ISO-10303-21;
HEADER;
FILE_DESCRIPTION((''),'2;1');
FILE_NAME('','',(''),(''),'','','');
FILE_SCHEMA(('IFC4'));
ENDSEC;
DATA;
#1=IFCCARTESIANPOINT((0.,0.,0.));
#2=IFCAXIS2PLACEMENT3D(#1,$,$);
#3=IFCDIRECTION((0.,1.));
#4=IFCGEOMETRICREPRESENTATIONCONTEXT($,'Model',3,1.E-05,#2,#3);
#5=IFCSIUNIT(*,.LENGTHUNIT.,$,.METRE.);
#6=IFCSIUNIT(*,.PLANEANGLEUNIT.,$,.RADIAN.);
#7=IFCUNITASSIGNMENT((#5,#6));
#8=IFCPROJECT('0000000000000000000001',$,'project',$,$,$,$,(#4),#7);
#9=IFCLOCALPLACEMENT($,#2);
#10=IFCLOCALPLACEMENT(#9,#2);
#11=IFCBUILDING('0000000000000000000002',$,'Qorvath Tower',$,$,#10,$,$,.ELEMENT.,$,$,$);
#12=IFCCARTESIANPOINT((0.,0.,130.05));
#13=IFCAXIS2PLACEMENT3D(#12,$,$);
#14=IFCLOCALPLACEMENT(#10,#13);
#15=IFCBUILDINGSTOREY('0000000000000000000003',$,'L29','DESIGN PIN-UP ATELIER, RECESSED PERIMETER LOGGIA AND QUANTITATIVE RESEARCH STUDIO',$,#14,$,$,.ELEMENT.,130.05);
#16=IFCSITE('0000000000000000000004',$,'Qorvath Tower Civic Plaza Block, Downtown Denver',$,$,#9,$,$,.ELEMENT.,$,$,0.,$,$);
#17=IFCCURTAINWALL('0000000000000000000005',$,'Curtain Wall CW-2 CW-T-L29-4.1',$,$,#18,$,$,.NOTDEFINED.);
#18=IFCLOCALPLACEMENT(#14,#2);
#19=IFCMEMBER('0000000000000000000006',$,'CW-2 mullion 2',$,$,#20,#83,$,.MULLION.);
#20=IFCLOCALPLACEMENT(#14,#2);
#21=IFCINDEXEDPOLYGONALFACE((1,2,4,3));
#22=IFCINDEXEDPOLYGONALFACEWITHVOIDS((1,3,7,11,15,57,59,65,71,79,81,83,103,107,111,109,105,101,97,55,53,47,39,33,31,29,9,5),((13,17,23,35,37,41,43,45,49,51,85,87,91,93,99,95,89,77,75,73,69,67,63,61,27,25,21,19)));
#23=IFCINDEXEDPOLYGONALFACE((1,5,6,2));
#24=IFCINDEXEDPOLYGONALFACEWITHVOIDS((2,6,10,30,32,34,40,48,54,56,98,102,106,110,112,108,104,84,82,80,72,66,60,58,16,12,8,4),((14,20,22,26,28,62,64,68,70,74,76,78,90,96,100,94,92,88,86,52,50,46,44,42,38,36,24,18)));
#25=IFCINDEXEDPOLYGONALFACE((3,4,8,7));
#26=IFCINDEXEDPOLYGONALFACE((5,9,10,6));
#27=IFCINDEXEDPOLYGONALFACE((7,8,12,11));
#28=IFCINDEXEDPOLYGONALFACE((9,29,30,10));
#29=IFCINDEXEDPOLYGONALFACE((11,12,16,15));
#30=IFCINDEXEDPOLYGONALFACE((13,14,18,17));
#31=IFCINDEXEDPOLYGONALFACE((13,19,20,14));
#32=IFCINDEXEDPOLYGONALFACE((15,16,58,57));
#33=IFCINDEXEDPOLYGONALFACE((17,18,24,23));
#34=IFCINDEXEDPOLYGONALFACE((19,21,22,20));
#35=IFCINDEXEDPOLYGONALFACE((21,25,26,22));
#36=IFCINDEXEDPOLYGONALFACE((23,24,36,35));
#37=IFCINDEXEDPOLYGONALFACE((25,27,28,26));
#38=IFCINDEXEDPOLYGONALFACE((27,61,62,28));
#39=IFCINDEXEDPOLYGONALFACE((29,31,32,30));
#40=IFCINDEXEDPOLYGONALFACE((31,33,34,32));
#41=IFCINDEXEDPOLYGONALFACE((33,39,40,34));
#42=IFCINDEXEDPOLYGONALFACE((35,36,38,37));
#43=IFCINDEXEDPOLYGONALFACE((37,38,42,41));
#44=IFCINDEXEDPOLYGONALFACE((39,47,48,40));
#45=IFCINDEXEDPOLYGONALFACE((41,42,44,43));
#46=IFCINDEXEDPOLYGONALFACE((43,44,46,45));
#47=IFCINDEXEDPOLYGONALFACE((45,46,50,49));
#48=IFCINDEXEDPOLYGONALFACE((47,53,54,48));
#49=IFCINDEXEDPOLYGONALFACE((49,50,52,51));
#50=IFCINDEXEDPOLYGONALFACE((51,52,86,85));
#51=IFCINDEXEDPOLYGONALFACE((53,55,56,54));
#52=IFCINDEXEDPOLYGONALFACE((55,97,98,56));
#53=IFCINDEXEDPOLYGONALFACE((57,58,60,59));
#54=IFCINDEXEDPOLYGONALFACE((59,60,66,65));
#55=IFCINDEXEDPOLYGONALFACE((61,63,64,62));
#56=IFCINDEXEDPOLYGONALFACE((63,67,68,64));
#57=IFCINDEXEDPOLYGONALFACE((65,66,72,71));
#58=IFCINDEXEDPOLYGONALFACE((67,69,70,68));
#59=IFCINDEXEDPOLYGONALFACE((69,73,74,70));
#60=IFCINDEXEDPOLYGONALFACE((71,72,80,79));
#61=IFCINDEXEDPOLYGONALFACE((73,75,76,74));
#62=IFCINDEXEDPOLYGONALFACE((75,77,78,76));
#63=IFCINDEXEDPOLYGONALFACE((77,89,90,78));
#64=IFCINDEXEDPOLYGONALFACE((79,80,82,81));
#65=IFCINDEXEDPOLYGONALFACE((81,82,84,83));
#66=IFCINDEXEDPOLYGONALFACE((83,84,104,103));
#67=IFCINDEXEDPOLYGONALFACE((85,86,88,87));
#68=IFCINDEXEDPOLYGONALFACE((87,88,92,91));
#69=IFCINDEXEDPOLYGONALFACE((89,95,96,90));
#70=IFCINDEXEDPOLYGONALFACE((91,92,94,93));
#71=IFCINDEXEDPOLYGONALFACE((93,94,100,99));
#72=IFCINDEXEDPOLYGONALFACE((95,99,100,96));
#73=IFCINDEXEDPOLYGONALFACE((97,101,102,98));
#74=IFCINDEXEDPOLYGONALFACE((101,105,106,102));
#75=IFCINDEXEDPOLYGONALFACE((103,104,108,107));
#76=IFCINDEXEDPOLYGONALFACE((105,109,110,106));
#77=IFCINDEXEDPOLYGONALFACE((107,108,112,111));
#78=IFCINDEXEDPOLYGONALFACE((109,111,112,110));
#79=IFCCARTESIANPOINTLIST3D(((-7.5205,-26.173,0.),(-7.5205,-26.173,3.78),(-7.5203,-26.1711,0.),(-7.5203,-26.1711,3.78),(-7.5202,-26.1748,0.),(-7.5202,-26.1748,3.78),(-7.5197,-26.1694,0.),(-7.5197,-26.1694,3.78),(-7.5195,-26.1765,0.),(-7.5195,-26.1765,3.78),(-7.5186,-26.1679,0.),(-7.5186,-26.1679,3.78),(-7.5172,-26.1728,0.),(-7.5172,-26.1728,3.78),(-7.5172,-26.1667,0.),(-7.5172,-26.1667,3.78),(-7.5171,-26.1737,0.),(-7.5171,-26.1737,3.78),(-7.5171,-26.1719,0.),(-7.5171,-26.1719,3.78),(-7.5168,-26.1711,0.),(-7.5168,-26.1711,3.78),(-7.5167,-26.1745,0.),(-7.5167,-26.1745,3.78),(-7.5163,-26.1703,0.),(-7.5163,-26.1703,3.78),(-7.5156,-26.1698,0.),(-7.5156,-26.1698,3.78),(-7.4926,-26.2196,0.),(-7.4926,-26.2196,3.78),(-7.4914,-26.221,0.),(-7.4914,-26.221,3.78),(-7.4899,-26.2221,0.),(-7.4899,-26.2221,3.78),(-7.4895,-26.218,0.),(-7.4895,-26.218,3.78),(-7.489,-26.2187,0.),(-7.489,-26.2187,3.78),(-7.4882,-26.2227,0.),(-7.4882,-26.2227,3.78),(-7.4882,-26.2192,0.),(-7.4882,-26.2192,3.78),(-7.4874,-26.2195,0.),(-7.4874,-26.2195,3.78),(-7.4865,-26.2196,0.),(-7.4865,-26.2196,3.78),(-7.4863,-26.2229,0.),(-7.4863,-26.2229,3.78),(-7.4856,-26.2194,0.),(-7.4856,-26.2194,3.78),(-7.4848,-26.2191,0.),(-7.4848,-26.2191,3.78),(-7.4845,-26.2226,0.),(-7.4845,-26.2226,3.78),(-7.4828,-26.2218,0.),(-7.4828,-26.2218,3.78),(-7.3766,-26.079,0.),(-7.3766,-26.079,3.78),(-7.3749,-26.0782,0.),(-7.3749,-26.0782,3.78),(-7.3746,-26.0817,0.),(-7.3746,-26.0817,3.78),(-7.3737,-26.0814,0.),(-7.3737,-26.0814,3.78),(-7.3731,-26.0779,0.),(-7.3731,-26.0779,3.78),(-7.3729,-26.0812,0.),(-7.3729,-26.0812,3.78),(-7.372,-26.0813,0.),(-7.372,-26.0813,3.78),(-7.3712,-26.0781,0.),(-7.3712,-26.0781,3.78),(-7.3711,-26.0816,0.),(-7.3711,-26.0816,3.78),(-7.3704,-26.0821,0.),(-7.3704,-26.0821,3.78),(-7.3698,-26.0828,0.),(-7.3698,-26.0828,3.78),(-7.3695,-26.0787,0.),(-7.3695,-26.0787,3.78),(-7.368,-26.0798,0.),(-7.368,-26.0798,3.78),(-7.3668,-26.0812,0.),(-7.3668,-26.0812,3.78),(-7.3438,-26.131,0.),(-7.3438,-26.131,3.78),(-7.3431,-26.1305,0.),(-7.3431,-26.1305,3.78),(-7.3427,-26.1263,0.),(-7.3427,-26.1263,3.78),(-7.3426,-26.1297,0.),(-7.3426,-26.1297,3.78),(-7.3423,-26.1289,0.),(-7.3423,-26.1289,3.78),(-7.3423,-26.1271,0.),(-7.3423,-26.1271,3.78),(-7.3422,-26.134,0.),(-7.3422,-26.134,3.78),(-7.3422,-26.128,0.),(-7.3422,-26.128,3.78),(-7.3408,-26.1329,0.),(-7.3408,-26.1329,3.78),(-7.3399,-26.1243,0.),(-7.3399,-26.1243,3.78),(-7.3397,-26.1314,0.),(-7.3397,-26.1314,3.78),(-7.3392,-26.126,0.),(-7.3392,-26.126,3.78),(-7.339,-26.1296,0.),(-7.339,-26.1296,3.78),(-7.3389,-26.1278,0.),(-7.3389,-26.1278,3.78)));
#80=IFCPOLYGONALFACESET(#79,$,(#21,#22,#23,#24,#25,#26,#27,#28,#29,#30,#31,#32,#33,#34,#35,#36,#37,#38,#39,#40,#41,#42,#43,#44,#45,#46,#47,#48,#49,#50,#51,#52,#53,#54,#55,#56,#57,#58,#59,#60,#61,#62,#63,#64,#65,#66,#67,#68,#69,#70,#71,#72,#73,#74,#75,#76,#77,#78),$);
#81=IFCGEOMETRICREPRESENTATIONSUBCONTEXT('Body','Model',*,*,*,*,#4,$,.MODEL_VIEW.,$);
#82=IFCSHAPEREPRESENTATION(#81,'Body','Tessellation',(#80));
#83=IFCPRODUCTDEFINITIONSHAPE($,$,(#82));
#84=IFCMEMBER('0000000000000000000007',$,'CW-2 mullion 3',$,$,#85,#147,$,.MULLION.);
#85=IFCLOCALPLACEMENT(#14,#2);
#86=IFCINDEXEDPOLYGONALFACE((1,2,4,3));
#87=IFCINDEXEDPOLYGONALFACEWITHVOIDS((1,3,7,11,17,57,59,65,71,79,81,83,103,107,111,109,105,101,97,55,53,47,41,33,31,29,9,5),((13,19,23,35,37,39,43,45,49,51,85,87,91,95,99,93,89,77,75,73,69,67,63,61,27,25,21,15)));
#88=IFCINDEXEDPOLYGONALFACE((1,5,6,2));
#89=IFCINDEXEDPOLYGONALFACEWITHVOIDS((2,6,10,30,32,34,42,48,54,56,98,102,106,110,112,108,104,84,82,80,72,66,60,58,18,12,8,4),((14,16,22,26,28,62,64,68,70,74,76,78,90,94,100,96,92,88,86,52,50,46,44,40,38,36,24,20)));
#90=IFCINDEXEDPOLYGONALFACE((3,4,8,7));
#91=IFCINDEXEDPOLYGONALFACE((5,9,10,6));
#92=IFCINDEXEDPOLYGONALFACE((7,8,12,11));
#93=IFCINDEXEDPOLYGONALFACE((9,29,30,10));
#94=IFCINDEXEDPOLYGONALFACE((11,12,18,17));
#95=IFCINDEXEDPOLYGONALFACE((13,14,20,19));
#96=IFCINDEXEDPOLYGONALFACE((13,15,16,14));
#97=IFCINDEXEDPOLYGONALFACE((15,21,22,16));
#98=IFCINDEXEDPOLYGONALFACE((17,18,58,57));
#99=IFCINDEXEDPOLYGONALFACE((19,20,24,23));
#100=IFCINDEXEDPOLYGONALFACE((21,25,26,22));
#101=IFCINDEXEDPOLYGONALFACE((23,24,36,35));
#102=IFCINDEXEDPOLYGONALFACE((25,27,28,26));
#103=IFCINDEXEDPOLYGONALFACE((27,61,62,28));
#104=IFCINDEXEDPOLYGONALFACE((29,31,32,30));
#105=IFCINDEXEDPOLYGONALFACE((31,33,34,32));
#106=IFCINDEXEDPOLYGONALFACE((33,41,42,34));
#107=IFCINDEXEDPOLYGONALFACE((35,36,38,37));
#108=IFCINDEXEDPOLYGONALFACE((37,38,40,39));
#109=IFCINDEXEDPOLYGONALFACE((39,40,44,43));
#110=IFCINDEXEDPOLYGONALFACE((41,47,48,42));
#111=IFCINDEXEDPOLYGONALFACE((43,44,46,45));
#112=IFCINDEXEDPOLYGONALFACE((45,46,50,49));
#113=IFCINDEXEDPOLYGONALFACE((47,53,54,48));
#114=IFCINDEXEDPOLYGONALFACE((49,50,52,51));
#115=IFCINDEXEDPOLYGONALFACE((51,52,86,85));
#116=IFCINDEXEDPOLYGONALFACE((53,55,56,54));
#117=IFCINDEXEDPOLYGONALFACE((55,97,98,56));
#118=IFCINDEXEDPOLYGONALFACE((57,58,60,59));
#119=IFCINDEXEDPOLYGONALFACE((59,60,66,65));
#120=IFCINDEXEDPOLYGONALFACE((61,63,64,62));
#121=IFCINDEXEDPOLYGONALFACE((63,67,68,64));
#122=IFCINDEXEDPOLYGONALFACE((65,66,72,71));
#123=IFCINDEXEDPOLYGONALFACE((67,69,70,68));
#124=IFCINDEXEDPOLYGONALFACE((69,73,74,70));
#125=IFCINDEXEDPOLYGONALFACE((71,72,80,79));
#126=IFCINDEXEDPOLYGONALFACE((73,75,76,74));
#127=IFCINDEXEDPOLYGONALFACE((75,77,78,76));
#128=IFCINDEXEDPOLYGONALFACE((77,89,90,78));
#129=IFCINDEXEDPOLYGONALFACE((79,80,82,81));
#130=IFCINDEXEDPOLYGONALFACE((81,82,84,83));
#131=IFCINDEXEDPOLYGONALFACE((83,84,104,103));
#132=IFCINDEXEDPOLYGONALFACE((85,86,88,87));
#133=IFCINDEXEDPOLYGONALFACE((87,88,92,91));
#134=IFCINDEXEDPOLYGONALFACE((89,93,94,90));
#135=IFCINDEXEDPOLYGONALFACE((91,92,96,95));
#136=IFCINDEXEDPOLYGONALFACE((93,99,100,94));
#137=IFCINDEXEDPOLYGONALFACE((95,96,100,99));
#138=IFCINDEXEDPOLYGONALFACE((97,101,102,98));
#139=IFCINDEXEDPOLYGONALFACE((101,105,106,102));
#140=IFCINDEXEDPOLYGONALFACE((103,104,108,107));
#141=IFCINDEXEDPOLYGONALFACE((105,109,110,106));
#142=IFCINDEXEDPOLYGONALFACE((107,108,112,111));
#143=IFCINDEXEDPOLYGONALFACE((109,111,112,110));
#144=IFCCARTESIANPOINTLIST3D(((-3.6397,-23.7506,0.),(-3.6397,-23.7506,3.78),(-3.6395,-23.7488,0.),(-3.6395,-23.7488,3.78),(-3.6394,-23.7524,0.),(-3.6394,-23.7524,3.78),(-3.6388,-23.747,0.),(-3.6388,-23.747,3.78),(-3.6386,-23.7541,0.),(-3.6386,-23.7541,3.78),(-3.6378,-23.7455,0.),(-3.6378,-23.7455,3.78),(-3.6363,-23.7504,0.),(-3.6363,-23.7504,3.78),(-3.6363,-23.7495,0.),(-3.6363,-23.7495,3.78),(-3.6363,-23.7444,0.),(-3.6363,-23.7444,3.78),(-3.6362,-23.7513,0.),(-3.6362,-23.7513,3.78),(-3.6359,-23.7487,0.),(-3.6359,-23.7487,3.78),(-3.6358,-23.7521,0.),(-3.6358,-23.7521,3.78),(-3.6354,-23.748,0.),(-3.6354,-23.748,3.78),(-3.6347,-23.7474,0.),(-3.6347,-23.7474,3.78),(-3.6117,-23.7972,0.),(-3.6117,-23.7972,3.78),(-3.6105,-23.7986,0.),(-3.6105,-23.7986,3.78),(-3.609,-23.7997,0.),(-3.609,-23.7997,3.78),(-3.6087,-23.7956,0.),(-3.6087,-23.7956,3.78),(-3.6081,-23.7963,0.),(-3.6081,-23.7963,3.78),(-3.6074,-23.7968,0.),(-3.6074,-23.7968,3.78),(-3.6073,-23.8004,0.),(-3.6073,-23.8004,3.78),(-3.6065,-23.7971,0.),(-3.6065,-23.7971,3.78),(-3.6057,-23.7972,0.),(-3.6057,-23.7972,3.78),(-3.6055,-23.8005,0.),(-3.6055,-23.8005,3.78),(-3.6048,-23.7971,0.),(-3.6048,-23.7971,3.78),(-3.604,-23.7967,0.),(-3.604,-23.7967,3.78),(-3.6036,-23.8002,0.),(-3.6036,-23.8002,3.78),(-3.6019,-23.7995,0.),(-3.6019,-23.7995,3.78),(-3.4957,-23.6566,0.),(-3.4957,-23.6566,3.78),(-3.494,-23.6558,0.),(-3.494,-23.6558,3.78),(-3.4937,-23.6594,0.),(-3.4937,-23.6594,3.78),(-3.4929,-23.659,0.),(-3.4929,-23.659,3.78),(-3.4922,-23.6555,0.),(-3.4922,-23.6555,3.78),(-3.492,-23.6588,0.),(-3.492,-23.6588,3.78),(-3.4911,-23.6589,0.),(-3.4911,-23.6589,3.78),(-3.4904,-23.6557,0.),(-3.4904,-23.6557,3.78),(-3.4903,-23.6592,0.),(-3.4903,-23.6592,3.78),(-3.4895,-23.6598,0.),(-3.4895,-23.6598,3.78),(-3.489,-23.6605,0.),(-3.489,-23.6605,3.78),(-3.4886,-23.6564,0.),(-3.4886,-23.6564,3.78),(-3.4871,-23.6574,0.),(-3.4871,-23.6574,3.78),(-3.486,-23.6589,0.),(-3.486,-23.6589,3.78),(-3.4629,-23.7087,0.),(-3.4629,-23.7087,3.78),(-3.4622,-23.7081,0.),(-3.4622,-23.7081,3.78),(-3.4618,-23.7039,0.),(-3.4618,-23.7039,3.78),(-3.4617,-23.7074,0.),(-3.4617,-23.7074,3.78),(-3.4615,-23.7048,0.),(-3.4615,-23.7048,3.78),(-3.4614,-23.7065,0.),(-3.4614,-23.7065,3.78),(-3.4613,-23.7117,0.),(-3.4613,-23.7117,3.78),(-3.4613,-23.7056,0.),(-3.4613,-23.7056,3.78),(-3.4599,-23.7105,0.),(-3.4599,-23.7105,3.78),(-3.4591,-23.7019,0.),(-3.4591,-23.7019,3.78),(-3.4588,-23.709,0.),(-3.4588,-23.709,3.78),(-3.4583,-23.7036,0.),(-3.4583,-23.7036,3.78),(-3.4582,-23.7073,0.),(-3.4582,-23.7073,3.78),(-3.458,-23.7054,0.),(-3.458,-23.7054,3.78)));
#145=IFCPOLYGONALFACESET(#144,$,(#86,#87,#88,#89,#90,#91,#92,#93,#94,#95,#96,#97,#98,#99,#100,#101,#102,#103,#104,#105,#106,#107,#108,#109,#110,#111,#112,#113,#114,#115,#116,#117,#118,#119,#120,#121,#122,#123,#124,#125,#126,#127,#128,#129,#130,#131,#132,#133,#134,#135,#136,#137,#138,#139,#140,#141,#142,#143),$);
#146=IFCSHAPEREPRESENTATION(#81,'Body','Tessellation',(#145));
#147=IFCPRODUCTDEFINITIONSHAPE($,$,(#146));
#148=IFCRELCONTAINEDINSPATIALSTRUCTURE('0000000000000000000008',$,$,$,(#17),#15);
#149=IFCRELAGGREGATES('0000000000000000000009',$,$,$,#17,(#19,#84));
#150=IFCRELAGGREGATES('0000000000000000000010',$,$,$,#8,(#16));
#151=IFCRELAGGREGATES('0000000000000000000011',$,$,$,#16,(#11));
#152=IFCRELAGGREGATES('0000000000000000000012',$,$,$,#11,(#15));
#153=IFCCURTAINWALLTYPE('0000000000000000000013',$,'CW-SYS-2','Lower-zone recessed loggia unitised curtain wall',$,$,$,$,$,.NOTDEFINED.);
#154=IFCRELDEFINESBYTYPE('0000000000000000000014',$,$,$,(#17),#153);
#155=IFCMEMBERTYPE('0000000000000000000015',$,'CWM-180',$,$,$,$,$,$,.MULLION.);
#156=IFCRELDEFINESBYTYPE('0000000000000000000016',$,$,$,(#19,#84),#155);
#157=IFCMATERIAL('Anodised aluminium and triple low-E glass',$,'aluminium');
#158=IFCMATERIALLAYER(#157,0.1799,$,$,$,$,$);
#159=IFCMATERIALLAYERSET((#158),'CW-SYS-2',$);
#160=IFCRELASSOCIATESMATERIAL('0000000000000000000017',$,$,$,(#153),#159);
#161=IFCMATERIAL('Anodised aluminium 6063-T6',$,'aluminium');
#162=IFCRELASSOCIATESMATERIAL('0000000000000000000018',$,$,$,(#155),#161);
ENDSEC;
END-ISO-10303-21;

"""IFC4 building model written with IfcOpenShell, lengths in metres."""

from ifc_helpers import new_model, si_unit, direction, frame, origin, origin_2d, place, context, subcontext, project, spatial, hollow_rectangle, extrude, material, layer, layer_set, material_profile, profile_set, type_object, element, aggregate, save


model = new_model("IFC4")

# Units and contexts
model_context = context("Model", 3, precision=1e-05, world=origin(), true_north=direction((0.0, 1.0)))
body_context = subcontext(model_context, "Body", "Model", "MODEL_VIEW")
ifc_project = project(units=[si_unit("LENGTHUNIT", "METRE"), si_unit("PLANEANGLEUNIT", "RADIAN")], contexts=[model_context])

# Site, building, storey
site_placement = place(None, origin())
site = spatial("IfcSite", under=ifc_project, at=site_placement, Name="Qorvath Tower Civic Plaza Block, Downtown Denver", CompositionType="ELEMENT", RefElevation=0.0)
building_placement = place(site_placement, origin())
building = spatial("IfcBuilding", under=site, at=building_placement, Name="Qorvath Tower", CompositionType="ELEMENT")
storey_placement = place(building_placement, frame((0.0, 0.0, 130.05)))
storey = spatial("IfcBuildingStorey", under=building, at=storey_placement, Name="L29", Description="DESIGN PIN-UP ATELIER, RECESSED PERIMETER LOGGIA AND QUANTITATIVE RESEARCH STUDIO", CompositionType="ELEMENT", Elevation=130.05)

# Curtain wall, members
ifc_material_1 = material(Name="Anodised aluminium and triple low-E glass", Category="aluminium")
ifc_layer_1 = layer(ifc_material_1, 0.1799)
ifc_layer_set_1 = layer_set([ifc_layer_1], Name="CW-SYS-2")
curtain_wall_type = type_object("IfcCurtainWallType", Name="CW-SYS-2", Description="Lower-zone recessed loggia unitised curtain wall", PredefinedType="NOTDEFINED", material=ifc_layer_set_1)
curtain_wall_1_placement = place(storey_placement, origin())
curtain_wall_1 = element("IfcCurtainWall", 1, at=curtain_wall_1_placement, inside=storey, type_object=curtain_wall_type, Name="Curtain Wall CW-2 CW-T-L29-4.1", PredefinedType="NOTDEFINED")
ifc_material_2 = material(Name="Anodised aluminium 6063-T6", Category="aluminium")
ifc_material_profile_1 = material_profile(ifc_material_2, hollow_rectangle(XDim=0.0649, YDim=0.1799, WallThickness=0.0034, InnerFilletRadius=0.0034, OuterFilletRadius=0.0071, at=origin_2d()), Name="CWM 180x65")
ifc_profile_set_1 = profile_set([ifc_material_profile_1], Name="Anodised aluminium 6063-T6")
member_type_1 = type_object("IfcMemberType", Name="CWM-180", PredefinedType="MULLION", material=ifc_profile_set_1)
member_1_placement = place(storey_placement, frame((-7.4297, -26.1504, 0.0), z_axis=(0.0, 0.0, 1.0), x_axis=(-0.529503, 0.848308, 0.0)))
member_1 = element("IfcMember", 2, at=member_1_placement, type_object=member_type_1, Name="CW-2 mullion 2", PredefinedType="MULLION", context=body_context, shape_type="SweptSolid", body=[
    extrude(hollow_rectangle(XDim=0.0649, YDim=0.1799, WallThickness=0.0034, InnerFilletRadius=0.0034, OuterFilletRadius=0.0071, at=origin_2d()), origin(), (0.0, 0.0, 1.0), 3.78),
])
member_2_placement = place(storey_placement, frame((-3.5488, -23.728, 0.0), z_axis=(0.0, 0.0, 1.0), x_axis=(-0.529503, 0.848308, 0.0)))
member_2 = element("IfcMember", 3, at=member_2_placement, type_object=member_type_1, Name="CW-2 mullion 3", PredefinedType="MULLION", context=body_context, shape_type="SweptSolid", body=[
    extrude(hollow_rectangle(XDim=0.0649, YDim=0.1799, WallThickness=0.0034, InnerFilletRadius=0.0034, OuterFilletRadius=0.0071, at=origin_2d()), origin(), (0.0, 0.0, 1.0), 3.78),
])

aggregate(curtain_wall_1, [member_1, member_2])

save(model, "model.ifc")
